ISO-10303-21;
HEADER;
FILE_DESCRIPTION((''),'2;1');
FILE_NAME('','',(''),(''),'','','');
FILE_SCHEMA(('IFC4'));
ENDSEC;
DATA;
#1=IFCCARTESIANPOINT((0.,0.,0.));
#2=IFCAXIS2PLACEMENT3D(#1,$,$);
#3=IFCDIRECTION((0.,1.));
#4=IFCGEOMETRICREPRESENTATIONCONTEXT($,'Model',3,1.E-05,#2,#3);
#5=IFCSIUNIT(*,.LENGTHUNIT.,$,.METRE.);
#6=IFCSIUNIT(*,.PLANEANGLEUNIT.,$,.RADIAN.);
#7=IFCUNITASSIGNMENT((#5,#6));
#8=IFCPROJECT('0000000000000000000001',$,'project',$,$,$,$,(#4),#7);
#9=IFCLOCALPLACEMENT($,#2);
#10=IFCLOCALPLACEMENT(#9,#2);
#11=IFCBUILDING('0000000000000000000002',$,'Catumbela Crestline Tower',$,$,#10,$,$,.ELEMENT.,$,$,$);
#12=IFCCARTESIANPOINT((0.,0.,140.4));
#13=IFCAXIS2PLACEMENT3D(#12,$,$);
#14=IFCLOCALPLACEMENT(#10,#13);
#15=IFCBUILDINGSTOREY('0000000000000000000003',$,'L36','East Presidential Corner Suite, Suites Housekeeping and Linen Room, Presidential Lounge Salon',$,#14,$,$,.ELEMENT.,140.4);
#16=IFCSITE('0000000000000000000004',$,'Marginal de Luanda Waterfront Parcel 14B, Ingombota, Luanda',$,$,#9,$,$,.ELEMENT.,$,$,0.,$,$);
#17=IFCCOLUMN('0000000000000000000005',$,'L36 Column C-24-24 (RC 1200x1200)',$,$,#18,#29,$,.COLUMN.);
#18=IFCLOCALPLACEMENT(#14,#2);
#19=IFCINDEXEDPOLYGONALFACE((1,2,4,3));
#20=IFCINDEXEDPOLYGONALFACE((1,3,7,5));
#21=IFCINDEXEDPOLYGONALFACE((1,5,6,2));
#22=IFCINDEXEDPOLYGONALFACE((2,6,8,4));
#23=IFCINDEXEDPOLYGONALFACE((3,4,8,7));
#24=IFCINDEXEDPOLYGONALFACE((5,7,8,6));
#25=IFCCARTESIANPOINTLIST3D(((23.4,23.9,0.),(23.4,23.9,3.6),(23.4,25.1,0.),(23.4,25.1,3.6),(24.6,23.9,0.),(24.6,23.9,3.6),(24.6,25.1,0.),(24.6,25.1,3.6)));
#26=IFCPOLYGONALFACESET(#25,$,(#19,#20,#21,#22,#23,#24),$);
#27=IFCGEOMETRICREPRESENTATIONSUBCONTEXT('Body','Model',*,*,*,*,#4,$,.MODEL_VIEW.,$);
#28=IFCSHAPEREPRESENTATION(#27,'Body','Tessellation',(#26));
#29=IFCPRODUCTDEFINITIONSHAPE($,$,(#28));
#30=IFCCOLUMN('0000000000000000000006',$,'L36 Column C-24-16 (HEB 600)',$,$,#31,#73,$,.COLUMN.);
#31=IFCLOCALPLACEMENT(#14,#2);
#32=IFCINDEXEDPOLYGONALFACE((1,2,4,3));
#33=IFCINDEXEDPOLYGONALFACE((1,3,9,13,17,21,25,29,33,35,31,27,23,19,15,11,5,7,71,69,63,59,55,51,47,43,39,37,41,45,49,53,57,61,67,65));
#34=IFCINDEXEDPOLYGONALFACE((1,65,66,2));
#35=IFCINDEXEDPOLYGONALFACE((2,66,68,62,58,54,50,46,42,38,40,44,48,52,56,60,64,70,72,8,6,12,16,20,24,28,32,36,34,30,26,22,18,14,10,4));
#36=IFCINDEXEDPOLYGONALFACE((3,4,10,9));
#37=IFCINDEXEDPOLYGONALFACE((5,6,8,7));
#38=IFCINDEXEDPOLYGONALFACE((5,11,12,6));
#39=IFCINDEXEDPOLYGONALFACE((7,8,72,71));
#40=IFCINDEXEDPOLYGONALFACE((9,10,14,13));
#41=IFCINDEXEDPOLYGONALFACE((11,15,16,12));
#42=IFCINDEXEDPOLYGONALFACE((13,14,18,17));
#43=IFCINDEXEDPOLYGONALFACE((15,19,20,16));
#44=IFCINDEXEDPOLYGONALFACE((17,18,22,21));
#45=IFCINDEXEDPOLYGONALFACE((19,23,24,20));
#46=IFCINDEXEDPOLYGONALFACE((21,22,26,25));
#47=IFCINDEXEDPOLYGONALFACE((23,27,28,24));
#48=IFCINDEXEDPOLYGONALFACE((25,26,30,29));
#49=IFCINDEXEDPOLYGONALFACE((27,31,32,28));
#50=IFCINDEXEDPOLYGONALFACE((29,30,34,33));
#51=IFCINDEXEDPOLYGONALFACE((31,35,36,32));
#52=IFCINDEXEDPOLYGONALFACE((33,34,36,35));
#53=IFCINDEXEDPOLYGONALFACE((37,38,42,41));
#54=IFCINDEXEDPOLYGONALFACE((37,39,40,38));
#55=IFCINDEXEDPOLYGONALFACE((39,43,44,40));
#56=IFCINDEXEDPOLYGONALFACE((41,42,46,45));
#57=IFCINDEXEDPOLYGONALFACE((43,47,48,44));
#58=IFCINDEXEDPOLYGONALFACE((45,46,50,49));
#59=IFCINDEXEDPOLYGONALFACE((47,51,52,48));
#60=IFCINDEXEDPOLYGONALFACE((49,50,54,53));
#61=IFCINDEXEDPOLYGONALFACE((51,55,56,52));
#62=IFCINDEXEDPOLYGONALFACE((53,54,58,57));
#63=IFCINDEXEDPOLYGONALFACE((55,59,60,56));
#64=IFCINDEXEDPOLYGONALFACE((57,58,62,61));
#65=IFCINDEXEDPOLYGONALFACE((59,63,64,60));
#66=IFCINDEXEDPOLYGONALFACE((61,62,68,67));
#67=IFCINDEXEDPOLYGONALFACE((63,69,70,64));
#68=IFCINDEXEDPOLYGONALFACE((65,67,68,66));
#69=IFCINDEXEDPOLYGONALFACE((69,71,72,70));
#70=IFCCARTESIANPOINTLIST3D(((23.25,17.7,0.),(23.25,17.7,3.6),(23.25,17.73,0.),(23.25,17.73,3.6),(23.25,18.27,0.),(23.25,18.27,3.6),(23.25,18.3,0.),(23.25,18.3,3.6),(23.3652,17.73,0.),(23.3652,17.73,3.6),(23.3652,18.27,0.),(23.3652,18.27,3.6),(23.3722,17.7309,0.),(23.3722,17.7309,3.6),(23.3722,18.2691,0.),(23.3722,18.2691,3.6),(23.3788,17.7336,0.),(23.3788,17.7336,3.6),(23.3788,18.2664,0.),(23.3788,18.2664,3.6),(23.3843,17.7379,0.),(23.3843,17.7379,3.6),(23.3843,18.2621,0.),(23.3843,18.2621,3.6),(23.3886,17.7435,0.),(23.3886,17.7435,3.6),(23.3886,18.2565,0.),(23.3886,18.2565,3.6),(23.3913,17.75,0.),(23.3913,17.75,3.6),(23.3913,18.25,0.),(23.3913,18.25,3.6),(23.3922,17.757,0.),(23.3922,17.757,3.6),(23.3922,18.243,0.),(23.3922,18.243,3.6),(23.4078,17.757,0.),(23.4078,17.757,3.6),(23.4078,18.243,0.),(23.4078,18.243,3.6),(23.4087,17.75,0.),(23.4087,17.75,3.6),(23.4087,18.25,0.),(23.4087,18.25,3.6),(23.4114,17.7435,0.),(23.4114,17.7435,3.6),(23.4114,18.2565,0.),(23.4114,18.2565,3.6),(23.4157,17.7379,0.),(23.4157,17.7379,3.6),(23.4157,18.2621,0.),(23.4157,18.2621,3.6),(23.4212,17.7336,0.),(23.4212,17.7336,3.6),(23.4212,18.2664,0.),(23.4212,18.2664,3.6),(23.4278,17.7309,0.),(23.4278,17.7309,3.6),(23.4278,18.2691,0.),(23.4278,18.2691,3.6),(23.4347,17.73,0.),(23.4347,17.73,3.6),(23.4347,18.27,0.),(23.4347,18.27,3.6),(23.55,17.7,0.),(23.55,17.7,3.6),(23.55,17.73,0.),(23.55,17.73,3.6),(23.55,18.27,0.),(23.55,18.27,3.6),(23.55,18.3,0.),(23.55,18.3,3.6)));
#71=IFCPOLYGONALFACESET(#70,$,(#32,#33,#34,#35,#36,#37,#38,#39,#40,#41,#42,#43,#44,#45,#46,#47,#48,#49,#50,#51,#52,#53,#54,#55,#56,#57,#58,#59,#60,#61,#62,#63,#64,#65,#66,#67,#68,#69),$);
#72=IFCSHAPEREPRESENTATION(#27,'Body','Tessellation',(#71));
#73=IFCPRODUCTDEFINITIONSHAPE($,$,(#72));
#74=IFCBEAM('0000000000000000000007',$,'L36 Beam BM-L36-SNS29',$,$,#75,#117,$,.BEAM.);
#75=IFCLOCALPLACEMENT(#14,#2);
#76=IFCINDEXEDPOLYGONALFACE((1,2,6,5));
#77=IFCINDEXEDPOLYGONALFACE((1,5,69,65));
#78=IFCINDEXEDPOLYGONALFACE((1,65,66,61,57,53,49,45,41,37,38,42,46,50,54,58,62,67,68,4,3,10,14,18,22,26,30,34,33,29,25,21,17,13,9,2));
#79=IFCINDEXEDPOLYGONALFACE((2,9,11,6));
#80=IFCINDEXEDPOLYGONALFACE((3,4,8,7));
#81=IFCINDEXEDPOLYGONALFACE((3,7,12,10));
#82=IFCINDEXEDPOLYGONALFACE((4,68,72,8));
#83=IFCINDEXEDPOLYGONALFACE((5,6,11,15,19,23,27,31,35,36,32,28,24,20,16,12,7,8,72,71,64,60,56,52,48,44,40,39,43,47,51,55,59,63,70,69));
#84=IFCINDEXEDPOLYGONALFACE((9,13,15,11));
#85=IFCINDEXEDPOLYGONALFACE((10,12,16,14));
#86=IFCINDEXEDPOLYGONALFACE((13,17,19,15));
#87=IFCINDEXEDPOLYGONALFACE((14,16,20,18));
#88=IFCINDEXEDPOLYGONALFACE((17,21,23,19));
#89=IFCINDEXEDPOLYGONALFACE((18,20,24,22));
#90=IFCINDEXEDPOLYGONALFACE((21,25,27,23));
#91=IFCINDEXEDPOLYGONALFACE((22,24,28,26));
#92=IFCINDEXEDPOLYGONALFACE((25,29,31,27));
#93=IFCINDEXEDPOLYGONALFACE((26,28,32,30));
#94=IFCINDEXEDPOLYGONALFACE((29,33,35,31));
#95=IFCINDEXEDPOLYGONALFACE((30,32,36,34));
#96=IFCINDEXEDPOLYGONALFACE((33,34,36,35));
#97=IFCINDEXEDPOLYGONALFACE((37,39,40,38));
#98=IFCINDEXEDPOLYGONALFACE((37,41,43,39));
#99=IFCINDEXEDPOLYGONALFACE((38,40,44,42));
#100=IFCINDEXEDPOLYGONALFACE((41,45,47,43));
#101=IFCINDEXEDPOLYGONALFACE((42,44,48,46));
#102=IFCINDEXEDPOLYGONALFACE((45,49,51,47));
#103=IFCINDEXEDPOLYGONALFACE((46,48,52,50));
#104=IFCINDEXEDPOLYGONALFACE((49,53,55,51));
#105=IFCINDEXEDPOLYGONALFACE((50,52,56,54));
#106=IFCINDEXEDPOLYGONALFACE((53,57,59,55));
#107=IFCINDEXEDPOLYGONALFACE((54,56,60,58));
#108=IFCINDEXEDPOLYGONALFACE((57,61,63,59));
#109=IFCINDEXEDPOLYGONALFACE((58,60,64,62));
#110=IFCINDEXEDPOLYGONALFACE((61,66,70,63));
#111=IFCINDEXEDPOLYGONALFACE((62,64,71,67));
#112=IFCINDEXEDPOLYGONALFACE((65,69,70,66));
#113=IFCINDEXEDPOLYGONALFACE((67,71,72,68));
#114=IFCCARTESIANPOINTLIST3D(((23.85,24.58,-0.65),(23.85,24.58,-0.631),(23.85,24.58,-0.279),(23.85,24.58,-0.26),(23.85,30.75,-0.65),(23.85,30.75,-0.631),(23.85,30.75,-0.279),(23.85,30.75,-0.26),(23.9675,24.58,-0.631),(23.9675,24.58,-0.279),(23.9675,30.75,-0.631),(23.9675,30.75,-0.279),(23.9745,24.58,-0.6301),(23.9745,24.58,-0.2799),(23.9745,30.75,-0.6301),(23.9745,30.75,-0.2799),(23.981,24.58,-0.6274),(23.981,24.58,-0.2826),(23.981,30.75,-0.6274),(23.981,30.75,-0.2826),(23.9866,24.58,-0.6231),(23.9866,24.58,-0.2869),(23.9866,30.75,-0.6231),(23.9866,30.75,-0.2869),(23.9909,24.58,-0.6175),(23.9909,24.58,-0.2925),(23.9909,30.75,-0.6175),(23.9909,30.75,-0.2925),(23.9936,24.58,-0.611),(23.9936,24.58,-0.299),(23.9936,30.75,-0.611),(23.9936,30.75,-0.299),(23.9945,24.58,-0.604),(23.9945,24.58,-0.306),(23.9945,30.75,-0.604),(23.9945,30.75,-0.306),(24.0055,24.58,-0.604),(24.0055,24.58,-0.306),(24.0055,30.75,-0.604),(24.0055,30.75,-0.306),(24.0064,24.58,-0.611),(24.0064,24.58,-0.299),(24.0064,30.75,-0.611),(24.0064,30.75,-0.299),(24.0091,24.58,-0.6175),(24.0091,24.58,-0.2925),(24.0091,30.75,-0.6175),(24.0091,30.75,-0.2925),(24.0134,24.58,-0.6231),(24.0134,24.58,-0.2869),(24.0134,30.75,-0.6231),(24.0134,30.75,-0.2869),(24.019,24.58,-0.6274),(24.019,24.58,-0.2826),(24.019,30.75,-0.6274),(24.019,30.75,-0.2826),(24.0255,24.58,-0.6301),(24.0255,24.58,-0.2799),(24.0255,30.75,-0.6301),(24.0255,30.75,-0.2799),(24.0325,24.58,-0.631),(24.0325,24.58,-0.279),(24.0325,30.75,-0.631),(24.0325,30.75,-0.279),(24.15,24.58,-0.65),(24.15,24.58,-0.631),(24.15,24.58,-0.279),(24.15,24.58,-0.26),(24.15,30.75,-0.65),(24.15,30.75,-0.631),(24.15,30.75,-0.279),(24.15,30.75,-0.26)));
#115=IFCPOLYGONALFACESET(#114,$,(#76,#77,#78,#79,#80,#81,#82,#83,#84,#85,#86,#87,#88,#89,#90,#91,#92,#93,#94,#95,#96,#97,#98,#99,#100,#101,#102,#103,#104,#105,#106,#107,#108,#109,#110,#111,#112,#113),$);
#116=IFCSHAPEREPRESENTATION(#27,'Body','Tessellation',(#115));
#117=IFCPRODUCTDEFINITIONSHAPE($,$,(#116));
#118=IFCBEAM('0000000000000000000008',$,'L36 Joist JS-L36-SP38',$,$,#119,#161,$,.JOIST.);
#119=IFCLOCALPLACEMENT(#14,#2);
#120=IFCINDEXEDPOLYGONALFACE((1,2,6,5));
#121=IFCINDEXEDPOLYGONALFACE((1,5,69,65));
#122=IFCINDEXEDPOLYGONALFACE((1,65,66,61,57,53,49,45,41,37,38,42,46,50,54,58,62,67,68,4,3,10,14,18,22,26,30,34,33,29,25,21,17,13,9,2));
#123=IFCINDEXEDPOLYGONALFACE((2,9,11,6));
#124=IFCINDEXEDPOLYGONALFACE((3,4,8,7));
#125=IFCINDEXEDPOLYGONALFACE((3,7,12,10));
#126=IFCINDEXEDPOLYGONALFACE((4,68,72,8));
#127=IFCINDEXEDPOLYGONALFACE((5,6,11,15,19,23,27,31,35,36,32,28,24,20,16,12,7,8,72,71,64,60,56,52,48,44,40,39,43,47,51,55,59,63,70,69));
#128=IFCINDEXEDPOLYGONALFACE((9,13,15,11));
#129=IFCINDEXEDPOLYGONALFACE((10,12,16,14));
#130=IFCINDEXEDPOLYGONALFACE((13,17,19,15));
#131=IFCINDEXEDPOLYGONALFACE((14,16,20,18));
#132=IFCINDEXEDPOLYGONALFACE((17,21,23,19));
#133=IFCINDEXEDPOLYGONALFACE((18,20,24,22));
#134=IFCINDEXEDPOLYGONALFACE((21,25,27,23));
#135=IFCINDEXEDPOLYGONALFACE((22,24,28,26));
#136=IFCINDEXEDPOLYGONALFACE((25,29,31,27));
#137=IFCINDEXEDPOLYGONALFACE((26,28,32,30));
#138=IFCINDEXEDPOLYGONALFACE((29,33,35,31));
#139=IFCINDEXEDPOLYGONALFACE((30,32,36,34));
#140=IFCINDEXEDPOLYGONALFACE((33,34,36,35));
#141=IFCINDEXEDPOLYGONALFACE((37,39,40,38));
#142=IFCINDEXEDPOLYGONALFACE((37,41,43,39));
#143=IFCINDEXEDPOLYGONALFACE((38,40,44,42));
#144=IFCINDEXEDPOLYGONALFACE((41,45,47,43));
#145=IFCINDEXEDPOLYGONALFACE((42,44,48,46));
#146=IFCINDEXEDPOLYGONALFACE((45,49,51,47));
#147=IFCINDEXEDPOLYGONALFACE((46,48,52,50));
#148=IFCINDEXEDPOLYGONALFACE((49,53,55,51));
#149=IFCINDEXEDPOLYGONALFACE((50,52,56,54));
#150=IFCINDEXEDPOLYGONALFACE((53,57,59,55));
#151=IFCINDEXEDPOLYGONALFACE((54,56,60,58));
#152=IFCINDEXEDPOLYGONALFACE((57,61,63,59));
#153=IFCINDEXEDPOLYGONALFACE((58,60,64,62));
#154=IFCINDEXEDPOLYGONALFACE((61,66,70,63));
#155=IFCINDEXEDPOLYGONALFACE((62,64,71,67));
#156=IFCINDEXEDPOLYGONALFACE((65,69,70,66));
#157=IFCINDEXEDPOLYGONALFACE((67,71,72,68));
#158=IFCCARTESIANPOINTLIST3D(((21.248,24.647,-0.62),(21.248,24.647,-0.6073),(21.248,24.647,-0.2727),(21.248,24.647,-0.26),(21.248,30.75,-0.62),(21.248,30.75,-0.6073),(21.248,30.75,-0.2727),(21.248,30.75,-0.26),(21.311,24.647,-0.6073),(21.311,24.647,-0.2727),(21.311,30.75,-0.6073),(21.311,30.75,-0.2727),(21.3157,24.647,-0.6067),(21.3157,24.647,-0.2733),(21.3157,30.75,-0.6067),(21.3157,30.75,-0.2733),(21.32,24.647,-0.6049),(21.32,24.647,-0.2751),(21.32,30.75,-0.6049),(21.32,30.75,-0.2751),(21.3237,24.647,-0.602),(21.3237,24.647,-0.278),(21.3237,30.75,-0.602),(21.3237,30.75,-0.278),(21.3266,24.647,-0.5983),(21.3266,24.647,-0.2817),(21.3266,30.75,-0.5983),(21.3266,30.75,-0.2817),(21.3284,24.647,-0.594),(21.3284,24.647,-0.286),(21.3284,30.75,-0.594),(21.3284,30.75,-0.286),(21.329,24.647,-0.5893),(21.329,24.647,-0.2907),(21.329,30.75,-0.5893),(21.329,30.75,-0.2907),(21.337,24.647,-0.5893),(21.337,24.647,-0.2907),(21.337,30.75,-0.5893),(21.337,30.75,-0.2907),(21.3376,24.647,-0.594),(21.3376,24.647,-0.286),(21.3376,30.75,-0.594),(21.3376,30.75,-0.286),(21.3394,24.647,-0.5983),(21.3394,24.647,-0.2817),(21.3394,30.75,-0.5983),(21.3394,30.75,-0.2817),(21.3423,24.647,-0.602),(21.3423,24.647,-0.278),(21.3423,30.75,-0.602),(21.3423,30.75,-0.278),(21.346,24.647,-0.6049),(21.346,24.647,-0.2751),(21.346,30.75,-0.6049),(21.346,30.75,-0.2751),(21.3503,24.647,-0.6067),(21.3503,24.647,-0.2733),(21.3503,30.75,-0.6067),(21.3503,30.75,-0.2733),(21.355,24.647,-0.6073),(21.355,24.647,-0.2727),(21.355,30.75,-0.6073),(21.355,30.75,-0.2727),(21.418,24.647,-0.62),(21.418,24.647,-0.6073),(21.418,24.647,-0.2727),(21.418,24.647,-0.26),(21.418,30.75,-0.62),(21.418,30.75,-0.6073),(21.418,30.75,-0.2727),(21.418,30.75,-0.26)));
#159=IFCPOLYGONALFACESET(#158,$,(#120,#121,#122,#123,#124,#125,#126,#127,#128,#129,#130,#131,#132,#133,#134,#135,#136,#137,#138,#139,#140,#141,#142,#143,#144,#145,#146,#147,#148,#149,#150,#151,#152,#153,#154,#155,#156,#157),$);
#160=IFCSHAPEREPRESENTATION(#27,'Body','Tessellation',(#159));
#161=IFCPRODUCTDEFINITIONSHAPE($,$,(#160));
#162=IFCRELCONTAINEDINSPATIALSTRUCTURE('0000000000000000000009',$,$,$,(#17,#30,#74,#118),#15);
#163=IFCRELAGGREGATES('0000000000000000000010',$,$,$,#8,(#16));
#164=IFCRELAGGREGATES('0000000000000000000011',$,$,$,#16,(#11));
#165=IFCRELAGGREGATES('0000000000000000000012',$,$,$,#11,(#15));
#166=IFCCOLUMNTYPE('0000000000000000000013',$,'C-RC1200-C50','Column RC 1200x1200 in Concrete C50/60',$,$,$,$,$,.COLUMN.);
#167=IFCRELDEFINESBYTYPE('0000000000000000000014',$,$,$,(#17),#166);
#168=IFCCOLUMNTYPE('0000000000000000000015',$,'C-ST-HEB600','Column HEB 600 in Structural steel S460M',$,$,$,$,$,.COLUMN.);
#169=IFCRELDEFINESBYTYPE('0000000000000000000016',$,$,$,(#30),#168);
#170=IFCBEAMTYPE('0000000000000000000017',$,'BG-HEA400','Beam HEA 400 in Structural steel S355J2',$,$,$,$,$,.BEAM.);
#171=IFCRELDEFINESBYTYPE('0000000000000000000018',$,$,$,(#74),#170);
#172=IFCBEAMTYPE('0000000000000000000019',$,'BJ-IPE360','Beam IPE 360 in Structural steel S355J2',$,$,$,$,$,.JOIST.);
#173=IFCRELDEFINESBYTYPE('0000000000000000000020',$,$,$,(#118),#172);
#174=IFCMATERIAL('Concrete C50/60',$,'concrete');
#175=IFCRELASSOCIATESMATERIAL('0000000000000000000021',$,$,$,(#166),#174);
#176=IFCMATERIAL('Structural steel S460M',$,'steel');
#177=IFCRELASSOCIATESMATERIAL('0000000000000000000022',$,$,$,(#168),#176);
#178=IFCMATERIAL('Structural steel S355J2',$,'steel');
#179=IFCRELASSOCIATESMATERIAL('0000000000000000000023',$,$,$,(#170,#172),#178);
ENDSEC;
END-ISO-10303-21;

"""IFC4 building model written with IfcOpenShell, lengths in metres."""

from ifc_helpers import new_model, si_unit, direction, frame, origin, origin_2d, place, context, subcontext, project, spatial, rectangle, i_section, extrude, material, material_profile, profile_set, type_object, element, save


model = new_model("IFC4")

# Units and contexts
model_context = context("Model", 3, precision=1e-05, world=origin(), true_north=direction((0.0, 1.0)))
body_context = subcontext(model_context, "Body", "Model", "MODEL_VIEW")
ifc_project = project(units=[si_unit("LENGTHUNIT", "METRE"), si_unit("PLANEANGLEUNIT", "RADIAN")], contexts=[model_context])

# Site, building, storey
site_placement = place(None, origin())
site = spatial("IfcSite", under=ifc_project, at=site_placement, Name="Marginal de Luanda Waterfront Parcel 14B, Ingombota, Luanda", CompositionType="ELEMENT", RefElevation=0.0)
building_placement = place(site_placement, origin())
building = spatial("IfcBuilding", under=site, at=building_placement, Name="Catumbela Crestline Tower", CompositionType="ELEMENT")
storey_placement = place(building_placement, frame((0.0, 0.0, 140.4)))
storey = spatial("IfcBuildingStorey", under=building, at=storey_placement, Name="L36", Description="East Presidential Corner Suite, Suites Housekeeping and Linen Room, Presidential Lounge Salon", CompositionType="ELEMENT", Elevation=140.4)

# Columns
ifc_material_1 = material(Name="Concrete C50/60", Category="concrete")
ifc_material_profile_1 = material_profile(ifc_material_1, rectangle(XDim=1.2, YDim=1.2, at=origin_2d()), Name="RC 1200x1200")
ifc_profile_set_1 = profile_set([ifc_material_profile_1], Name="Concrete C50/60")
column_type_1 = type_object("IfcColumnType", Name="C-RC1200-C50", Description="Column RC 1200x1200 in Concrete C50/60", PredefinedType="COLUMN", material=ifc_profile_set_1)
column_1_placement = place(storey_placement, frame((24.0, 24.5, 0.0), z_axis=(0.0, 0.0, 1.0), x_axis=(1.0, 0.0, 0.0)))
element("IfcColumn", 1, at=column_1_placement, inside=storey, type_object=column_type_1, Name="L36 Column C-24-24 (RC 1200x1200)", PredefinedType="COLUMN", context=body_context, shape_type="SweptSolid", body=[
    extrude(rectangle(XDim=1.2, YDim=1.2, at=origin_2d()), origin(), (0.0, 0.0, 1.0), 3.6),
])
ifc_material_2 = material(Name="Structural steel S460M", Category="steel")
ifc_material_profile_2 = material_profile(ifc_material_2, i_section(OverallWidth=0.3, OverallDepth=0.6, WebThickness=0.0155, FlangeThickness=0.03, FilletRadius=0.027, at=origin_2d()), Name="HEB 600")
ifc_profile_set_2 = profile_set([ifc_material_profile_2], Name="Structural steel S460M")
column_type_2 = type_object("IfcColumnType", Name="C-ST-HEB600", Description="Column HEB 600 in Structural steel S460M", PredefinedType="COLUMN", material=ifc_profile_set_2)
column_2_placement = place(storey_placement, frame((23.4, 18.0, 0.0), z_axis=(0.0, 0.0, 1.0), x_axis=(1.0, 0.0, 0.0)))
element("IfcColumn", 2, at=column_2_placement, inside=storey, type_object=column_type_2, Name="L36 Column C-24-16 (HEB 600)", PredefinedType="COLUMN", context=body_context, shape_type="SweptSolid", body=[
    extrude(i_section(OverallWidth=0.3, OverallDepth=0.6, WebThickness=0.0155, FlangeThickness=0.03, FilletRadius=0.027, at=origin_2d()), origin(), (0.0, 0.0, 1.0), 3.6),
])

# Beams
ifc_material_3 = material(Name="Structural steel S355J2", Category="steel")
ifc_material_profile_3 = material_profile(ifc_material_3, i_section(OverallWidth=0.3, OverallDepth=0.39, WebThickness=0.011, FlangeThickness=0.019, FilletRadius=0.027, at=origin_2d()), Name="HEA 400")
ifc_profile_set_3 = profile_set([ifc_material_profile_3], Name="Structural steel S355J2")
beam_type_1 = type_object("IfcBeamType", Name="BG-HEA400", Description="Beam HEA 400 in Structural steel S355J2", PredefinedType="BEAM", material=ifc_profile_set_3)
beam_1_placement = place(storey_placement, frame((24.0, 24.58, -0.455), z_axis=(0.0, 1.0, 0.0), x_axis=(-1.0, 0.0, 0.0)))
element("IfcBeam", 3, at=beam_1_placement, inside=storey, type_object=beam_type_1, Name="L36 Beam BM-L36-SNS29", PredefinedType="BEAM", context=body_context, shape_type="SweptSolid", body=[
    extrude(i_section(OverallWidth=0.3, OverallDepth=0.39, WebThickness=0.011, FlangeThickness=0.019, FilletRadius=0.027, at=origin_2d()), origin(), (0.0, 0.0, 1.0), 6.17),
])
ifc_material_profile_4 = material_profile(ifc_material_3, i_section(OverallWidth=0.17, OverallDepth=0.36, WebThickness=0.008, FlangeThickness=0.0127, FilletRadius=0.018, at=origin_2d()), Name="IPE 360")
ifc_profile_set_4 = profile_set([ifc_material_profile_4], Name="Structural steel S355J2")
beam_type_2 = type_object("IfcBeamType", Name="BJ-IPE360", Description="Beam IPE 360 in Structural steel S355J2", PredefinedType="JOIST", material=ifc_profile_set_4)
for number, where, z_axis, x_axis, name in (
    (4, (21.333, 24.647, -0.44), (0.0, 1.0, 0.0), (-1.0, 0.0, 0.0), "L36 Joist JS-L36-SP38"),
):
    element("IfcBeam", number, at=place(storey_placement, frame(where, z_axis=z_axis, x_axis=x_axis)), inside=storey, type_object=beam_type_2, Name=name, PredefinedType="JOIST", context=body_context, shape_type="SweptSolid", body=[
        extrude(i_section(OverallWidth=0.17, OverallDepth=0.36, WebThickness=0.008, FlangeThickness=0.0127, FilletRadius=0.018, at=origin_2d()), origin(), (0.0, 0.0, 1.0), 6.103),
    ])

save(model, "model.ifc")
